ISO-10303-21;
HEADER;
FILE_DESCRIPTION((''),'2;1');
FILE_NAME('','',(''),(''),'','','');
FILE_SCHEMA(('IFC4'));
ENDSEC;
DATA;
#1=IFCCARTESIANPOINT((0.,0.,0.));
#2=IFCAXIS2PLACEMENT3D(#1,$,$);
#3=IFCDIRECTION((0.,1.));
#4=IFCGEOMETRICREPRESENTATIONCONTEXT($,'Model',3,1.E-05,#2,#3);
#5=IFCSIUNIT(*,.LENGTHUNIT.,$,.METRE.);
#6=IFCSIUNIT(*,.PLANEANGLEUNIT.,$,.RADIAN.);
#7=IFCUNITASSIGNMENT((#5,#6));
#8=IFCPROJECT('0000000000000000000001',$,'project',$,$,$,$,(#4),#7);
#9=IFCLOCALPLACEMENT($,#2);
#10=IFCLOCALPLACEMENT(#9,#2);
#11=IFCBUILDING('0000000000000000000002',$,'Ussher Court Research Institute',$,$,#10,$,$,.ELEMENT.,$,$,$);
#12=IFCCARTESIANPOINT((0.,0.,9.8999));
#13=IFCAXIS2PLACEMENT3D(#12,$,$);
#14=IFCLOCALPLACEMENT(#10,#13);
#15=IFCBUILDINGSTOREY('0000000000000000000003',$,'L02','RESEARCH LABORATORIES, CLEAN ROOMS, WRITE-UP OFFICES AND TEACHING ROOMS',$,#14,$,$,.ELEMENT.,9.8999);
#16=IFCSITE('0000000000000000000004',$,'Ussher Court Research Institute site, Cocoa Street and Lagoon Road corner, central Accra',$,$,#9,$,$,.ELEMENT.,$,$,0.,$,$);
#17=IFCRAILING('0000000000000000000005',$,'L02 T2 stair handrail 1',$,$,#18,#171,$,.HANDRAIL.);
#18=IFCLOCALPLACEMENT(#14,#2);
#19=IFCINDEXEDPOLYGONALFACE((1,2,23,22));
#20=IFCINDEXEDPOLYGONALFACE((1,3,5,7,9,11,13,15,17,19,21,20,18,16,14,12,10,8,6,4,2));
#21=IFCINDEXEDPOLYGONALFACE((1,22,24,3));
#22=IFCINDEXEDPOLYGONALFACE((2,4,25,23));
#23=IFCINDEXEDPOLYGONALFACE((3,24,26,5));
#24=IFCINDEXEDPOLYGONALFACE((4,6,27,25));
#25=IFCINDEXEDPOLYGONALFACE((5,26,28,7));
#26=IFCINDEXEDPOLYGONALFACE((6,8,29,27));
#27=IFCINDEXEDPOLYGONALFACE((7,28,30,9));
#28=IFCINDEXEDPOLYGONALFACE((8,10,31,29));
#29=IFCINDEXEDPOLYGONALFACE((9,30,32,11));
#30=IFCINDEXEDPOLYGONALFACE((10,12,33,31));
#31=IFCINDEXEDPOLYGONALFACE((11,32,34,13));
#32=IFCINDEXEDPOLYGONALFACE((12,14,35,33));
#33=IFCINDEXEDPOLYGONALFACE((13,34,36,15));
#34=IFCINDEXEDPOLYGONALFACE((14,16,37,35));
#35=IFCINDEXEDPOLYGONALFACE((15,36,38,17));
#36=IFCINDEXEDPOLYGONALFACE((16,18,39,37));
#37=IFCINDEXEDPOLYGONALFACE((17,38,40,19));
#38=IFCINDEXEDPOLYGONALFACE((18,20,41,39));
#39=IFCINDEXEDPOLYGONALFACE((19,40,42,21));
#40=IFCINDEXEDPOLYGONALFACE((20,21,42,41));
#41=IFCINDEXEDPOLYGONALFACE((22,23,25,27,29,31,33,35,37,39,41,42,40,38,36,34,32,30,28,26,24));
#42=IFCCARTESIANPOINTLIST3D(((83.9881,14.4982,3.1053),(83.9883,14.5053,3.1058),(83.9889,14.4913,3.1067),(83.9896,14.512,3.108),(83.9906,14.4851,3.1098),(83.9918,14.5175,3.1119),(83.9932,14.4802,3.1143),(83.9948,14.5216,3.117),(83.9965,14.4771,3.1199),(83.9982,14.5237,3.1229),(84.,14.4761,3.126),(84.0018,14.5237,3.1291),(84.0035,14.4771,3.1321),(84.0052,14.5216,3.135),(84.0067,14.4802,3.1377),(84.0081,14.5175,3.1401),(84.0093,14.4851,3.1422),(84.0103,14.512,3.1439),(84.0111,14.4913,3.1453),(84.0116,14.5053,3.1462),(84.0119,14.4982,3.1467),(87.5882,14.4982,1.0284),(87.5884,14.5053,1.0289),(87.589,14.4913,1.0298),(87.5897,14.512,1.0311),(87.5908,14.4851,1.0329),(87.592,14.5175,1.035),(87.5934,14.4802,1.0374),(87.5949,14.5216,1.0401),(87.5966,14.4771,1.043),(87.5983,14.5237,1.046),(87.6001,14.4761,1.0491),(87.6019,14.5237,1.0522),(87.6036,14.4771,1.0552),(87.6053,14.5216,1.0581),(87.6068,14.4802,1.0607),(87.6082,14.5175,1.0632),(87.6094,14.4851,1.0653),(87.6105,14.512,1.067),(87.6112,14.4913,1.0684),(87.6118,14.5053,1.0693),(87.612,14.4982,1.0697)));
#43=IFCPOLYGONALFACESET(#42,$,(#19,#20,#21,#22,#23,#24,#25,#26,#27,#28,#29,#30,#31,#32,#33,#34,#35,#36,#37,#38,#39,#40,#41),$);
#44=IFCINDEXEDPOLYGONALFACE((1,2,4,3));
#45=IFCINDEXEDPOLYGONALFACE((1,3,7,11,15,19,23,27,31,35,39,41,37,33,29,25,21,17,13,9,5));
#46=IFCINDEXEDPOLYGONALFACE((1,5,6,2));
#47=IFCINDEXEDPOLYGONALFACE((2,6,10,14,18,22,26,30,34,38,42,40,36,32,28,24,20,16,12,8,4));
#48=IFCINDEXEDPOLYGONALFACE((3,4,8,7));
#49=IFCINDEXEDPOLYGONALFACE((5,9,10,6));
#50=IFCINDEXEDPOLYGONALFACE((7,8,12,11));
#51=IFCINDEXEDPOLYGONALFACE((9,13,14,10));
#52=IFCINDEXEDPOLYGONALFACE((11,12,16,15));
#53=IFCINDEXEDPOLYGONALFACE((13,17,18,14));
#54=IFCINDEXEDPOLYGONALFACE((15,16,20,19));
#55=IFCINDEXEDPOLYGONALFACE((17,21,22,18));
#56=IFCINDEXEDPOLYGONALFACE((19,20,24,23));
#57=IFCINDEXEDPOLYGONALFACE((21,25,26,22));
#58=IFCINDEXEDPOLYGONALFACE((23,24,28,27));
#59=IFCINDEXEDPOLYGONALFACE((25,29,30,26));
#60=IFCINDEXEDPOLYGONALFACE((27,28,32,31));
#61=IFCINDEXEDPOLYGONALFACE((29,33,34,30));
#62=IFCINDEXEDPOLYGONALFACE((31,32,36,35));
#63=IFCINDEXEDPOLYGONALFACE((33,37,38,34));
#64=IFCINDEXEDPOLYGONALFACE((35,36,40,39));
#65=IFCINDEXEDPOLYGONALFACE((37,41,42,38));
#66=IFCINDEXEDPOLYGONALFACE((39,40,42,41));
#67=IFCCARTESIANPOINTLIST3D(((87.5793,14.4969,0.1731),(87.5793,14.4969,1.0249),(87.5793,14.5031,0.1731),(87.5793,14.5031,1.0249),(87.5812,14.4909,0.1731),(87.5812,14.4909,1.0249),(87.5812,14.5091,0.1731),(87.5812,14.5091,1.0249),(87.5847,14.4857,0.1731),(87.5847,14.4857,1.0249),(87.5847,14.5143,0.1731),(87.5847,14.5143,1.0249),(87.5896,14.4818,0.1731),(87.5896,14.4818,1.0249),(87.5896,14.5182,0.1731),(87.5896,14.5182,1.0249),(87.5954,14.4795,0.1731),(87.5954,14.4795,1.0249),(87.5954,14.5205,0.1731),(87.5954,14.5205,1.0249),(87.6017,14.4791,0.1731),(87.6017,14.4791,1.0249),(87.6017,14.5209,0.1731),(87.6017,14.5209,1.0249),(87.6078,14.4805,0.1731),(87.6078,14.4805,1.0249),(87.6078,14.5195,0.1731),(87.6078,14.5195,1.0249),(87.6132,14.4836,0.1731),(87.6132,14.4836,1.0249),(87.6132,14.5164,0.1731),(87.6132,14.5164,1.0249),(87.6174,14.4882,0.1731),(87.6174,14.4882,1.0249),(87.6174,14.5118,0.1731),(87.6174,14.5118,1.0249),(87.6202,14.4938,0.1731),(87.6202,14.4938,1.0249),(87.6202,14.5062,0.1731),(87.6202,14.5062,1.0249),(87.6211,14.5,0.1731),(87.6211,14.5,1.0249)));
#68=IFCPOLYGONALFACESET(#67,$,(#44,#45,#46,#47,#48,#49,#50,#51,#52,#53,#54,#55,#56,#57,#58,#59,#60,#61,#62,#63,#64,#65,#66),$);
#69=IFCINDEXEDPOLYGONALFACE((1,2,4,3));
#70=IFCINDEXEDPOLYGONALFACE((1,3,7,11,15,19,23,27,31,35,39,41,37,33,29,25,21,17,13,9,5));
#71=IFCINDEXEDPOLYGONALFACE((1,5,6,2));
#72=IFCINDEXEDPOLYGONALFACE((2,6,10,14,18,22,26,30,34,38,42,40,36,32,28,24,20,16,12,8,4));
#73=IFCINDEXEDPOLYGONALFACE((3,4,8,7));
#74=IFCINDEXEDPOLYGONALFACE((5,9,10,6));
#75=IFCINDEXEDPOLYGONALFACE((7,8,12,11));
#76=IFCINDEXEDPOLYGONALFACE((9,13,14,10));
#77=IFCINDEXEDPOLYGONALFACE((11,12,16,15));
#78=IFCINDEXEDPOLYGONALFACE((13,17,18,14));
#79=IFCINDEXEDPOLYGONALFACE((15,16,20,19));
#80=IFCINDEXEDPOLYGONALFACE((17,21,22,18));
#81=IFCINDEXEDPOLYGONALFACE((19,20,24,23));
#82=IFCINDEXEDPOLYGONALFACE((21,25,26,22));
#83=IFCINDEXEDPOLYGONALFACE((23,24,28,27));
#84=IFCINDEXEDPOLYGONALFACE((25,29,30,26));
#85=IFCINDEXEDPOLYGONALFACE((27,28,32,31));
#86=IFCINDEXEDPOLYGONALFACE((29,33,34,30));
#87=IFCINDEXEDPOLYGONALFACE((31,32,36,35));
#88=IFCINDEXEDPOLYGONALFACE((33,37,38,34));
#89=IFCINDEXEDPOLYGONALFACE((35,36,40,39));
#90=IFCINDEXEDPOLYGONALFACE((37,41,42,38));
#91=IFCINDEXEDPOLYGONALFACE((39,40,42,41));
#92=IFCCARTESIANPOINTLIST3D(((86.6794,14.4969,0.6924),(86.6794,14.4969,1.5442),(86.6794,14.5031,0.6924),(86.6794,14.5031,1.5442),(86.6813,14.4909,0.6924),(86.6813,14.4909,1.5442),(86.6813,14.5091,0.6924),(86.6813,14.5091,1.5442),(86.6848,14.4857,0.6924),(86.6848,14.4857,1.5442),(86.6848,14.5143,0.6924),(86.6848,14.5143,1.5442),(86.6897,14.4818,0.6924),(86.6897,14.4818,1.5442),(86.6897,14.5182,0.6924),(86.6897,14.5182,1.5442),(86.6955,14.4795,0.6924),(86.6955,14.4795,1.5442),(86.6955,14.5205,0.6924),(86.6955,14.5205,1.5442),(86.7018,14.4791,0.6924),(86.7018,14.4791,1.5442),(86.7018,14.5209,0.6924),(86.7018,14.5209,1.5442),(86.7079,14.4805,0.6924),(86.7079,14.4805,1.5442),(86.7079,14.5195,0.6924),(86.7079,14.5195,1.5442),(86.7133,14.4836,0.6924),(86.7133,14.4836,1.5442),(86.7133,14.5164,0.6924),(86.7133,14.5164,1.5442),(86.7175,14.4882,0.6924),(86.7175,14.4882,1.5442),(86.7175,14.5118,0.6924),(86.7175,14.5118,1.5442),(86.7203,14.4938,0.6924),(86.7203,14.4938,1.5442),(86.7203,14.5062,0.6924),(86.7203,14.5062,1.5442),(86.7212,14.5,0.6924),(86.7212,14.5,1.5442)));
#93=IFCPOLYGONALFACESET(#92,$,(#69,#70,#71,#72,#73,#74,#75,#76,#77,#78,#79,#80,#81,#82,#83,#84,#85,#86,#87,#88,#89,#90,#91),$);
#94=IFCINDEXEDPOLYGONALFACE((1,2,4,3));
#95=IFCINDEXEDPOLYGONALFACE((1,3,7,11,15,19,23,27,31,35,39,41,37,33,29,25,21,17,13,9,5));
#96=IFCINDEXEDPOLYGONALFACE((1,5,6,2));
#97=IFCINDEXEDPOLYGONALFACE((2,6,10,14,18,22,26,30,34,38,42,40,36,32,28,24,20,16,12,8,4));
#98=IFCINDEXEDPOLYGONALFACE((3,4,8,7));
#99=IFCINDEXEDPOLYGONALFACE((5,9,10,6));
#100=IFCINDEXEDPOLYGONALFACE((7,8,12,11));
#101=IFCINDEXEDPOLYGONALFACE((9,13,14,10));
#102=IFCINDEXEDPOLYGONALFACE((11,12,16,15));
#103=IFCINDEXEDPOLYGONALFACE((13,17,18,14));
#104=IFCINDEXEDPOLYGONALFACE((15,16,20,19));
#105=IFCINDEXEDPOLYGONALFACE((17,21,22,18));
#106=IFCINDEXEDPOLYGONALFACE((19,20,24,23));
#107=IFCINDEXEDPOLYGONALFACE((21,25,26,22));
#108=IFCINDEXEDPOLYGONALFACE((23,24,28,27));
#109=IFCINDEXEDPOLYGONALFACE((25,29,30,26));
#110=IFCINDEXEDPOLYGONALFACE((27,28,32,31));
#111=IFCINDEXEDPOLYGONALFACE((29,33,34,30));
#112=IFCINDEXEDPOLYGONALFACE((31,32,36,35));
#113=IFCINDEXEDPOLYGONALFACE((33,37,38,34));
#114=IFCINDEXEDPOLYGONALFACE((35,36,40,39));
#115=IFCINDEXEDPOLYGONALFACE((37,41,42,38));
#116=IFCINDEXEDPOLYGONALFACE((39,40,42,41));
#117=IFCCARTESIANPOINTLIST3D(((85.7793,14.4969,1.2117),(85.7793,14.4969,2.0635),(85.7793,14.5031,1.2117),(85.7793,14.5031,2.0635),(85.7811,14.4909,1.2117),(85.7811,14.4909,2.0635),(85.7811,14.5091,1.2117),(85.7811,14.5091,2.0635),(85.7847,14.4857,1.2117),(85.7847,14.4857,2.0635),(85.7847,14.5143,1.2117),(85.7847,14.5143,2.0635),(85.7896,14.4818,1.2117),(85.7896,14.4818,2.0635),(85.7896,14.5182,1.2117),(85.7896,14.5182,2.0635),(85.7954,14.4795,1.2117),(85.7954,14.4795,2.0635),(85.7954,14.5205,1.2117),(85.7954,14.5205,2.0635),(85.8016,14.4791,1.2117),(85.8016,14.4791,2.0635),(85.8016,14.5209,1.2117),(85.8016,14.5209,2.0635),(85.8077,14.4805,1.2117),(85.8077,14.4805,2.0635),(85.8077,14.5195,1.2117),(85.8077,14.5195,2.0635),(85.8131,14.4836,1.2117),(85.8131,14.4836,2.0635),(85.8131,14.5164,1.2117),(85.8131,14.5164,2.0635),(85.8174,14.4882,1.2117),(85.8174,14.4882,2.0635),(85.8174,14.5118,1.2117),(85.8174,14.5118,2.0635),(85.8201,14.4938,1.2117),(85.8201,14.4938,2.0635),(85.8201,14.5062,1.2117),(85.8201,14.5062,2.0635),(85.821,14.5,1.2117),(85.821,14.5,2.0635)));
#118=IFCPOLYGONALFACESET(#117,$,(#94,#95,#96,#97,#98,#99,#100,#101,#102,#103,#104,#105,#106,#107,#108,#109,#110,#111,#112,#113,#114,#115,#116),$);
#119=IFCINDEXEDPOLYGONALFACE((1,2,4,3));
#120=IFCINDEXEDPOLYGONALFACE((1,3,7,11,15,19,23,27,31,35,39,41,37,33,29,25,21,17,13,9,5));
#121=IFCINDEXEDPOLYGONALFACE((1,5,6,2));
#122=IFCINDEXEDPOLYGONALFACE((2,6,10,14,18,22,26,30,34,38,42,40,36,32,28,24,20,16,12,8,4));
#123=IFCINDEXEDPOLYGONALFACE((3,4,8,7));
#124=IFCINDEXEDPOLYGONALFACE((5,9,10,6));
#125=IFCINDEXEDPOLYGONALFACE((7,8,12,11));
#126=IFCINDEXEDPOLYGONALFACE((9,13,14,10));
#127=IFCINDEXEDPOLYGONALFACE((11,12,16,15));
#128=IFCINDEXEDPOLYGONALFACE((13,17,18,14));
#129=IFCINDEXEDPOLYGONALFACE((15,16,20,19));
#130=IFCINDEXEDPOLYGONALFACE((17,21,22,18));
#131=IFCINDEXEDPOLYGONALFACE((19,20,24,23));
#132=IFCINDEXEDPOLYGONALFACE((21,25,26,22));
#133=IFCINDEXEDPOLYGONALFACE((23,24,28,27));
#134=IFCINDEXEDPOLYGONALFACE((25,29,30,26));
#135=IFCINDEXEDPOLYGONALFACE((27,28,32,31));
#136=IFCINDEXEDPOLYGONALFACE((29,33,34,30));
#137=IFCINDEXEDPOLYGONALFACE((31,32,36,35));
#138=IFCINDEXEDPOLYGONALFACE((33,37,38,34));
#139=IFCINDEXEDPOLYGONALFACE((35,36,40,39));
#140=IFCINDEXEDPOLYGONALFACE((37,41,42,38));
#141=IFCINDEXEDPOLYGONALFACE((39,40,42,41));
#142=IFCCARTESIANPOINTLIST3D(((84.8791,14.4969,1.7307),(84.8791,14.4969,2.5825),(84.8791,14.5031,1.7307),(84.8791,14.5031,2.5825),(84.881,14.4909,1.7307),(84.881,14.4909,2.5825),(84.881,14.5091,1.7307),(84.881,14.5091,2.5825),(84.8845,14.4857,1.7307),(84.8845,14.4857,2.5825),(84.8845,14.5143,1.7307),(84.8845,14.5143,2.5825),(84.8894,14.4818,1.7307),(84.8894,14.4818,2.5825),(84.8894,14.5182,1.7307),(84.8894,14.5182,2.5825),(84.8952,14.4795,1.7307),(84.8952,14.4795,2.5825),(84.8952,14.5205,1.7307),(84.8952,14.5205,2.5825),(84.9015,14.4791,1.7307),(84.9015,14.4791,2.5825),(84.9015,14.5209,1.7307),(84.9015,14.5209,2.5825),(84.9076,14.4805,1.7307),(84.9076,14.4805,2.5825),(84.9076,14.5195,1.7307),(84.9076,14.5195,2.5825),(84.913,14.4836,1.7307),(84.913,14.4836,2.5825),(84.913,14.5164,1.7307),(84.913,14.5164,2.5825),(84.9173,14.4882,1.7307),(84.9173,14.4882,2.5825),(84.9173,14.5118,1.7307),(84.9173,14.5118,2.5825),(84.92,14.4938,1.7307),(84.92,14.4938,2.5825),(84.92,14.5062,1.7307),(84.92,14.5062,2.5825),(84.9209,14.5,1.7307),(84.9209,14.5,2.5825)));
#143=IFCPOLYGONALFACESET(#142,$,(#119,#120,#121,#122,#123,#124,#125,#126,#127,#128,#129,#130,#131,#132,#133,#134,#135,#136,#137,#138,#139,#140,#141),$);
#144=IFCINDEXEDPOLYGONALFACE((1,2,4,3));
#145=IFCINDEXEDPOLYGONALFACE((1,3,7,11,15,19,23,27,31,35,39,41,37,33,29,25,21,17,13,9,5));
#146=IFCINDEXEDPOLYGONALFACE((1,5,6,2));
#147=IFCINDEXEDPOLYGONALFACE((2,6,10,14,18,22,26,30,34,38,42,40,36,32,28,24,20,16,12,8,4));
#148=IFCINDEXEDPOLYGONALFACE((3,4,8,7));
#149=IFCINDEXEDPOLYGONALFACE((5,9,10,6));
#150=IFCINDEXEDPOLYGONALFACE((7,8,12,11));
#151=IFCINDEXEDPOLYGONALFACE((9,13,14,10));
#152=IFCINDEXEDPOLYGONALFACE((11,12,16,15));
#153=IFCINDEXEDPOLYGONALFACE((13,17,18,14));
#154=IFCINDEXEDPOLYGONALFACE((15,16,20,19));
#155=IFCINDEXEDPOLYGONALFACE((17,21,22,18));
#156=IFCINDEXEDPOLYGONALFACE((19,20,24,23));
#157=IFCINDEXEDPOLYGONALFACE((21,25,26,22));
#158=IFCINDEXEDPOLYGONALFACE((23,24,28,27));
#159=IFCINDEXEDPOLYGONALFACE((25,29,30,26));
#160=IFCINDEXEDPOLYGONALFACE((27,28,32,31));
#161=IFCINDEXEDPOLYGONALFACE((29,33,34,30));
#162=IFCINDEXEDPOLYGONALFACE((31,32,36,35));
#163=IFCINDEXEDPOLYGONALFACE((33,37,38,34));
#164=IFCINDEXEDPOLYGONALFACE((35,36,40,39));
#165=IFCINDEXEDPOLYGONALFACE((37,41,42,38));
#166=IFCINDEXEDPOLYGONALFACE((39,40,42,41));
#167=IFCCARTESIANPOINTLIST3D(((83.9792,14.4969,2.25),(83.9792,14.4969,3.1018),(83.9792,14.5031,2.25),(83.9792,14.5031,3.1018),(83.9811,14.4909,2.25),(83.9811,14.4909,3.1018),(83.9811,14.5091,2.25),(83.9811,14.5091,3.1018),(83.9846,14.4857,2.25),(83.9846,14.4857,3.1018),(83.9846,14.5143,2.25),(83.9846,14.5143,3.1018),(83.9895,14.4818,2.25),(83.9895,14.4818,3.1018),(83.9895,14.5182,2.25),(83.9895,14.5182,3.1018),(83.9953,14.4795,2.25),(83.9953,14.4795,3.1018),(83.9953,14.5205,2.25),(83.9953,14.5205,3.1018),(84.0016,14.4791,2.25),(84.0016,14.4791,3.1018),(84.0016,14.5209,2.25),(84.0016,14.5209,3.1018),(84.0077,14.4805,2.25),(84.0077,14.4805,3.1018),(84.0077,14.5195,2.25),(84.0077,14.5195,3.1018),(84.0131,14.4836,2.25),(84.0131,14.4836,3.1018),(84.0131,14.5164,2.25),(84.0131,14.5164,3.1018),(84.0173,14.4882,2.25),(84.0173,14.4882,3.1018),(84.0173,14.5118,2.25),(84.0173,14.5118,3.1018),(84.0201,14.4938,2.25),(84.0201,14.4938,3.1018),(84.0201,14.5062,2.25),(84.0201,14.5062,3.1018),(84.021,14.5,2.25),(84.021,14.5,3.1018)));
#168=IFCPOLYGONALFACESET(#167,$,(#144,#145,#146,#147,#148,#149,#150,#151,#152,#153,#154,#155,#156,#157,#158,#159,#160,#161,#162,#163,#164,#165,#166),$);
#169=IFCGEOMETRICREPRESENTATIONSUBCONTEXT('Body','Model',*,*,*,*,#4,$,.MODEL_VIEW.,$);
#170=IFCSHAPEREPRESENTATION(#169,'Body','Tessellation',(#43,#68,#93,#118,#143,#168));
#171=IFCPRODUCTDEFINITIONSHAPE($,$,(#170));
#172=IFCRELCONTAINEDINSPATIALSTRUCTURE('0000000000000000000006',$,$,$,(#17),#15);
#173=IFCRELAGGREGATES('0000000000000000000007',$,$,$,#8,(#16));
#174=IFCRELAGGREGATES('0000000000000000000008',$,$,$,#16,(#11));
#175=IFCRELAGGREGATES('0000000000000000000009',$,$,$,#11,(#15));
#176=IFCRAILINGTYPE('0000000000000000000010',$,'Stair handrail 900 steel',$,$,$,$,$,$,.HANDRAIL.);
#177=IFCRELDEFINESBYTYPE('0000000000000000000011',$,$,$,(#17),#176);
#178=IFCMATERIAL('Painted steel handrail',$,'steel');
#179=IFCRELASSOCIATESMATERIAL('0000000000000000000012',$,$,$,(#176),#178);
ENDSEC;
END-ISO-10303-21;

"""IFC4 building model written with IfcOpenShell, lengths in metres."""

from ifc_helpers import new_model, si_unit, direction, frame, origin, origin_2d, place, context, subcontext, project, spatial, circle, extrude, material, type_object, element, save


model = new_model("IFC4")

# Units and contexts
model_context = context("Model", 3, precision=1e-05, world=origin(), true_north=direction((0.0, 1.0)))
body_context = subcontext(model_context, "Body", "Model", "MODEL_VIEW")
ifc_project = project(units=[si_unit("LENGTHUNIT", "METRE"), si_unit("PLANEANGLEUNIT", "RADIAN")], contexts=[model_context])

# Site, building, storey
site_placement = place(None, origin())
site = spatial("IfcSite", under=ifc_project, at=site_placement, Name="Ussher Court Research Institute site, Cocoa Street and Lagoon Road corner, central Accra", CompositionType="ELEMENT", RefElevation=0.0)
building_placement = place(site_placement, origin())
building = spatial("IfcBuilding", under=site, at=building_placement, Name="Ussher Court Research Institute", CompositionType="ELEMENT")
storey_placement = place(building_placement, frame((0.0, 0.0, 9.8999)))
storey = spatial("IfcBuildingStorey", under=building, at=storey_placement, Name="L02", Description="RESEARCH LABORATORIES, CLEAN ROOMS, WRITE-UP OFFICES AND TEACHING ROOMS", CompositionType="ELEMENT", Elevation=9.8999)

# Railing
ifc_material_1 = material(Name="Painted steel handrail", Category="steel")
railing_type_1 = type_object("IfcRailingType", Name="Stair handrail 900 steel", PredefinedType="HANDRAIL", material=ifc_material_1)
railing_1_placement = place(storey_placement, frame((87.6001, 14.5, 0.1731)))
element("IfcRailing", 1, at=railing_1_placement, inside=storey, type_object=railing_type_1, Name="L02 T2 stair handrail 1", PredefinedType="HANDRAIL", context=body_context, shape_type="SweptSolid", body=[
    extrude(circle(Radius=0.0239, at=origin_2d()), frame((0.0, 0.0, 0.876), z_axis=(-0.866193, 0.0, 0.499709), x_axis=(0.0, -1.0, 0.0)), (0.0, 0.0, 1.0), 4.1562),
    extrude(circle(Radius=0.021, at=origin_2d()), origin(), (0.0, 0.0, 1.0), 0.8518),
    extrude(circle(Radius=0.021, at=origin_2d()), frame((-0.8999, 0.0, 0.5193)), (0.0, 0.0, 1.0), 0.8518),
    extrude(circle(Radius=0.021, at=origin_2d()), frame((-1.8, 0.0, 1.0386)), (0.0, 0.0, 1.0), 0.8518),
    extrude(circle(Radius=0.021, at=origin_2d()), frame((-2.7002, 0.0, 1.5576)), (0.0, 0.0, 1.0), 0.8518),
    extrude(circle(Radius=0.021, at=origin_2d()), frame((-3.6001, 0.0, 2.0769)), (0.0, 0.0, 1.0), 0.8518),
])

save(model, "model.ifc")
